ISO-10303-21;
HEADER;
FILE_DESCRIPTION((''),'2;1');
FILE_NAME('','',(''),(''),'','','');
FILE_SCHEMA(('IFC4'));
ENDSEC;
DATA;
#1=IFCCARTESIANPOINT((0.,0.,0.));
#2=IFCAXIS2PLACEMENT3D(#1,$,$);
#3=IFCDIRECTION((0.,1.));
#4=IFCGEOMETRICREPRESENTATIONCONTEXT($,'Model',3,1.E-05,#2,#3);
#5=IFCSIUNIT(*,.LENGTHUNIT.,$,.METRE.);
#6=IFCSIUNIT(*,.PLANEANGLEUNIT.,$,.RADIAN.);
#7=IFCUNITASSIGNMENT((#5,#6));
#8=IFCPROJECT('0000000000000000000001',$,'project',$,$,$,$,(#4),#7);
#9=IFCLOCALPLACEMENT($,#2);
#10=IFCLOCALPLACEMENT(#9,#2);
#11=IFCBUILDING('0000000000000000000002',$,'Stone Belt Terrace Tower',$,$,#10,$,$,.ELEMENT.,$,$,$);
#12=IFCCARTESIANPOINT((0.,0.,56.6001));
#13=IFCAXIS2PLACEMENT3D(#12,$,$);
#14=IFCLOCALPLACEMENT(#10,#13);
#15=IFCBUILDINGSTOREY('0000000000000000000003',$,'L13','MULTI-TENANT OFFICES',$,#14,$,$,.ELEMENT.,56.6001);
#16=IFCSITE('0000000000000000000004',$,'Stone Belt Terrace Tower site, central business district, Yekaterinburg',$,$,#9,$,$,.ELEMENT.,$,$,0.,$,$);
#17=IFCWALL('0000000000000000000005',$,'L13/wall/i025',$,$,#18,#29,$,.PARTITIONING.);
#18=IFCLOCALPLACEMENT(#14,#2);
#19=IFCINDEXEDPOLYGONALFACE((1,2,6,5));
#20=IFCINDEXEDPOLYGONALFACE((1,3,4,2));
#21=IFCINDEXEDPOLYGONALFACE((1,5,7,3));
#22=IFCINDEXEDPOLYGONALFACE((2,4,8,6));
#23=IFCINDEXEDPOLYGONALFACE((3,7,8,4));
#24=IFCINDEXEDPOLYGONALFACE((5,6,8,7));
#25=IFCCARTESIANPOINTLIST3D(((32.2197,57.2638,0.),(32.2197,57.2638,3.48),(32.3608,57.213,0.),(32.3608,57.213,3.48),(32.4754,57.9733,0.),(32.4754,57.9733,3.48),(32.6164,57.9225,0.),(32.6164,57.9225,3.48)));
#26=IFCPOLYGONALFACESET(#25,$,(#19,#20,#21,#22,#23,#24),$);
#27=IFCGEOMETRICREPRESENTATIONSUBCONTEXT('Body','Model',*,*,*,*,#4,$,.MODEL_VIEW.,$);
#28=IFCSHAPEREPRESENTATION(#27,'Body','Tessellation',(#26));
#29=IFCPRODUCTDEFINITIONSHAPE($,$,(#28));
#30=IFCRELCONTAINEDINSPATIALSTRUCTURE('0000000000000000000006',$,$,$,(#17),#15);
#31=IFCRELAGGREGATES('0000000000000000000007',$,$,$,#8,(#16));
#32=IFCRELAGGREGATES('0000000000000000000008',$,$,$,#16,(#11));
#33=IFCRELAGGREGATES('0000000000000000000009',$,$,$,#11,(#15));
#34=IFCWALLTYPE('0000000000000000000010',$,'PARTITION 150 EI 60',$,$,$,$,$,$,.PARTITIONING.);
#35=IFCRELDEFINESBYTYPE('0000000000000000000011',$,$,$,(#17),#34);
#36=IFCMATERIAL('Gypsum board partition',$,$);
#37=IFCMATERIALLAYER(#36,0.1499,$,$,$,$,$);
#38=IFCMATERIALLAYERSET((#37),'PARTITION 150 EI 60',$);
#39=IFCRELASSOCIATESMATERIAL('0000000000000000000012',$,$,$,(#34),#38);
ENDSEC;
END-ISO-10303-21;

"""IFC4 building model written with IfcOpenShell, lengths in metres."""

from ifc_helpers import new_model, si_unit, direction, frame, frame_2d, origin, place, context, subcontext, project, spatial, rectangle, extrude, material, layer, layer_set, type_object, element, save


model = new_model("IFC4")

# Units and contexts
model_context = context("Model", 3, precision=1e-05, world=origin(), true_north=direction((0.0, 1.0)))
body_context = subcontext(model_context, "Body", "Model", "MODEL_VIEW")
ifc_project = project(units=[si_unit("LENGTHUNIT", "METRE"), si_unit("PLANEANGLEUNIT", "RADIAN")], contexts=[model_context])

# Site, building, storey
site_placement = place(None, origin())
site = spatial("IfcSite", under=ifc_project, at=site_placement, Name="Stone Belt Terrace Tower site, central business district, Yekaterinburg", CompositionType="ELEMENT", RefElevation=0.0)
building_placement = place(site_placement, origin())
building = spatial("IfcBuilding", under=site, at=building_placement, Name="Stone Belt Terrace Tower", CompositionType="ELEMENT")
storey_placement = place(building_placement, frame((0.0, 0.0, 56.6001)))
storey = spatial("IfcBuildingStorey", under=building, at=storey_placement, Name="L13", Description="MULTI-TENANT OFFICES", CompositionType="ELEMENT", Elevation=56.6001)

# Shared definitions
ifc_material_1 = material(Name="Gypsum board partition")
ifc_layer_1 = layer(ifc_material_1, 0.1499)
ifc_layer_set_1 = layer_set([ifc_layer_1], Name="PARTITION 150 EI 60")
wall_type_1 = type_object("IfcWallType", Name="PARTITION 150 EI 60", PredefinedType="PARTITIONING", material=ifc_layer_set_1)

# Wall
wall_1_placement = place(storey_placement, frame((32.2903, 57.2385, 0.0), z_axis=(0.0, 0.0, 1.0), x_axis=(0.33896, 0.940801, 0.0)))
element("IfcWall", 1, at=wall_1_placement, inside=storey, type_object=wall_type_1, Name="L13/wall/i025", PredefinedType="PARTITIONING", context=body_context, shape_type="SweptSolid", body=[
    extrude(rectangle(XDim=0.7542, YDim=0.1499, at=frame_2d((0.377, 0.0))), origin(), (0.0, 0.0, 1.0), 3.48),
])

save(model, "model.ifc")
